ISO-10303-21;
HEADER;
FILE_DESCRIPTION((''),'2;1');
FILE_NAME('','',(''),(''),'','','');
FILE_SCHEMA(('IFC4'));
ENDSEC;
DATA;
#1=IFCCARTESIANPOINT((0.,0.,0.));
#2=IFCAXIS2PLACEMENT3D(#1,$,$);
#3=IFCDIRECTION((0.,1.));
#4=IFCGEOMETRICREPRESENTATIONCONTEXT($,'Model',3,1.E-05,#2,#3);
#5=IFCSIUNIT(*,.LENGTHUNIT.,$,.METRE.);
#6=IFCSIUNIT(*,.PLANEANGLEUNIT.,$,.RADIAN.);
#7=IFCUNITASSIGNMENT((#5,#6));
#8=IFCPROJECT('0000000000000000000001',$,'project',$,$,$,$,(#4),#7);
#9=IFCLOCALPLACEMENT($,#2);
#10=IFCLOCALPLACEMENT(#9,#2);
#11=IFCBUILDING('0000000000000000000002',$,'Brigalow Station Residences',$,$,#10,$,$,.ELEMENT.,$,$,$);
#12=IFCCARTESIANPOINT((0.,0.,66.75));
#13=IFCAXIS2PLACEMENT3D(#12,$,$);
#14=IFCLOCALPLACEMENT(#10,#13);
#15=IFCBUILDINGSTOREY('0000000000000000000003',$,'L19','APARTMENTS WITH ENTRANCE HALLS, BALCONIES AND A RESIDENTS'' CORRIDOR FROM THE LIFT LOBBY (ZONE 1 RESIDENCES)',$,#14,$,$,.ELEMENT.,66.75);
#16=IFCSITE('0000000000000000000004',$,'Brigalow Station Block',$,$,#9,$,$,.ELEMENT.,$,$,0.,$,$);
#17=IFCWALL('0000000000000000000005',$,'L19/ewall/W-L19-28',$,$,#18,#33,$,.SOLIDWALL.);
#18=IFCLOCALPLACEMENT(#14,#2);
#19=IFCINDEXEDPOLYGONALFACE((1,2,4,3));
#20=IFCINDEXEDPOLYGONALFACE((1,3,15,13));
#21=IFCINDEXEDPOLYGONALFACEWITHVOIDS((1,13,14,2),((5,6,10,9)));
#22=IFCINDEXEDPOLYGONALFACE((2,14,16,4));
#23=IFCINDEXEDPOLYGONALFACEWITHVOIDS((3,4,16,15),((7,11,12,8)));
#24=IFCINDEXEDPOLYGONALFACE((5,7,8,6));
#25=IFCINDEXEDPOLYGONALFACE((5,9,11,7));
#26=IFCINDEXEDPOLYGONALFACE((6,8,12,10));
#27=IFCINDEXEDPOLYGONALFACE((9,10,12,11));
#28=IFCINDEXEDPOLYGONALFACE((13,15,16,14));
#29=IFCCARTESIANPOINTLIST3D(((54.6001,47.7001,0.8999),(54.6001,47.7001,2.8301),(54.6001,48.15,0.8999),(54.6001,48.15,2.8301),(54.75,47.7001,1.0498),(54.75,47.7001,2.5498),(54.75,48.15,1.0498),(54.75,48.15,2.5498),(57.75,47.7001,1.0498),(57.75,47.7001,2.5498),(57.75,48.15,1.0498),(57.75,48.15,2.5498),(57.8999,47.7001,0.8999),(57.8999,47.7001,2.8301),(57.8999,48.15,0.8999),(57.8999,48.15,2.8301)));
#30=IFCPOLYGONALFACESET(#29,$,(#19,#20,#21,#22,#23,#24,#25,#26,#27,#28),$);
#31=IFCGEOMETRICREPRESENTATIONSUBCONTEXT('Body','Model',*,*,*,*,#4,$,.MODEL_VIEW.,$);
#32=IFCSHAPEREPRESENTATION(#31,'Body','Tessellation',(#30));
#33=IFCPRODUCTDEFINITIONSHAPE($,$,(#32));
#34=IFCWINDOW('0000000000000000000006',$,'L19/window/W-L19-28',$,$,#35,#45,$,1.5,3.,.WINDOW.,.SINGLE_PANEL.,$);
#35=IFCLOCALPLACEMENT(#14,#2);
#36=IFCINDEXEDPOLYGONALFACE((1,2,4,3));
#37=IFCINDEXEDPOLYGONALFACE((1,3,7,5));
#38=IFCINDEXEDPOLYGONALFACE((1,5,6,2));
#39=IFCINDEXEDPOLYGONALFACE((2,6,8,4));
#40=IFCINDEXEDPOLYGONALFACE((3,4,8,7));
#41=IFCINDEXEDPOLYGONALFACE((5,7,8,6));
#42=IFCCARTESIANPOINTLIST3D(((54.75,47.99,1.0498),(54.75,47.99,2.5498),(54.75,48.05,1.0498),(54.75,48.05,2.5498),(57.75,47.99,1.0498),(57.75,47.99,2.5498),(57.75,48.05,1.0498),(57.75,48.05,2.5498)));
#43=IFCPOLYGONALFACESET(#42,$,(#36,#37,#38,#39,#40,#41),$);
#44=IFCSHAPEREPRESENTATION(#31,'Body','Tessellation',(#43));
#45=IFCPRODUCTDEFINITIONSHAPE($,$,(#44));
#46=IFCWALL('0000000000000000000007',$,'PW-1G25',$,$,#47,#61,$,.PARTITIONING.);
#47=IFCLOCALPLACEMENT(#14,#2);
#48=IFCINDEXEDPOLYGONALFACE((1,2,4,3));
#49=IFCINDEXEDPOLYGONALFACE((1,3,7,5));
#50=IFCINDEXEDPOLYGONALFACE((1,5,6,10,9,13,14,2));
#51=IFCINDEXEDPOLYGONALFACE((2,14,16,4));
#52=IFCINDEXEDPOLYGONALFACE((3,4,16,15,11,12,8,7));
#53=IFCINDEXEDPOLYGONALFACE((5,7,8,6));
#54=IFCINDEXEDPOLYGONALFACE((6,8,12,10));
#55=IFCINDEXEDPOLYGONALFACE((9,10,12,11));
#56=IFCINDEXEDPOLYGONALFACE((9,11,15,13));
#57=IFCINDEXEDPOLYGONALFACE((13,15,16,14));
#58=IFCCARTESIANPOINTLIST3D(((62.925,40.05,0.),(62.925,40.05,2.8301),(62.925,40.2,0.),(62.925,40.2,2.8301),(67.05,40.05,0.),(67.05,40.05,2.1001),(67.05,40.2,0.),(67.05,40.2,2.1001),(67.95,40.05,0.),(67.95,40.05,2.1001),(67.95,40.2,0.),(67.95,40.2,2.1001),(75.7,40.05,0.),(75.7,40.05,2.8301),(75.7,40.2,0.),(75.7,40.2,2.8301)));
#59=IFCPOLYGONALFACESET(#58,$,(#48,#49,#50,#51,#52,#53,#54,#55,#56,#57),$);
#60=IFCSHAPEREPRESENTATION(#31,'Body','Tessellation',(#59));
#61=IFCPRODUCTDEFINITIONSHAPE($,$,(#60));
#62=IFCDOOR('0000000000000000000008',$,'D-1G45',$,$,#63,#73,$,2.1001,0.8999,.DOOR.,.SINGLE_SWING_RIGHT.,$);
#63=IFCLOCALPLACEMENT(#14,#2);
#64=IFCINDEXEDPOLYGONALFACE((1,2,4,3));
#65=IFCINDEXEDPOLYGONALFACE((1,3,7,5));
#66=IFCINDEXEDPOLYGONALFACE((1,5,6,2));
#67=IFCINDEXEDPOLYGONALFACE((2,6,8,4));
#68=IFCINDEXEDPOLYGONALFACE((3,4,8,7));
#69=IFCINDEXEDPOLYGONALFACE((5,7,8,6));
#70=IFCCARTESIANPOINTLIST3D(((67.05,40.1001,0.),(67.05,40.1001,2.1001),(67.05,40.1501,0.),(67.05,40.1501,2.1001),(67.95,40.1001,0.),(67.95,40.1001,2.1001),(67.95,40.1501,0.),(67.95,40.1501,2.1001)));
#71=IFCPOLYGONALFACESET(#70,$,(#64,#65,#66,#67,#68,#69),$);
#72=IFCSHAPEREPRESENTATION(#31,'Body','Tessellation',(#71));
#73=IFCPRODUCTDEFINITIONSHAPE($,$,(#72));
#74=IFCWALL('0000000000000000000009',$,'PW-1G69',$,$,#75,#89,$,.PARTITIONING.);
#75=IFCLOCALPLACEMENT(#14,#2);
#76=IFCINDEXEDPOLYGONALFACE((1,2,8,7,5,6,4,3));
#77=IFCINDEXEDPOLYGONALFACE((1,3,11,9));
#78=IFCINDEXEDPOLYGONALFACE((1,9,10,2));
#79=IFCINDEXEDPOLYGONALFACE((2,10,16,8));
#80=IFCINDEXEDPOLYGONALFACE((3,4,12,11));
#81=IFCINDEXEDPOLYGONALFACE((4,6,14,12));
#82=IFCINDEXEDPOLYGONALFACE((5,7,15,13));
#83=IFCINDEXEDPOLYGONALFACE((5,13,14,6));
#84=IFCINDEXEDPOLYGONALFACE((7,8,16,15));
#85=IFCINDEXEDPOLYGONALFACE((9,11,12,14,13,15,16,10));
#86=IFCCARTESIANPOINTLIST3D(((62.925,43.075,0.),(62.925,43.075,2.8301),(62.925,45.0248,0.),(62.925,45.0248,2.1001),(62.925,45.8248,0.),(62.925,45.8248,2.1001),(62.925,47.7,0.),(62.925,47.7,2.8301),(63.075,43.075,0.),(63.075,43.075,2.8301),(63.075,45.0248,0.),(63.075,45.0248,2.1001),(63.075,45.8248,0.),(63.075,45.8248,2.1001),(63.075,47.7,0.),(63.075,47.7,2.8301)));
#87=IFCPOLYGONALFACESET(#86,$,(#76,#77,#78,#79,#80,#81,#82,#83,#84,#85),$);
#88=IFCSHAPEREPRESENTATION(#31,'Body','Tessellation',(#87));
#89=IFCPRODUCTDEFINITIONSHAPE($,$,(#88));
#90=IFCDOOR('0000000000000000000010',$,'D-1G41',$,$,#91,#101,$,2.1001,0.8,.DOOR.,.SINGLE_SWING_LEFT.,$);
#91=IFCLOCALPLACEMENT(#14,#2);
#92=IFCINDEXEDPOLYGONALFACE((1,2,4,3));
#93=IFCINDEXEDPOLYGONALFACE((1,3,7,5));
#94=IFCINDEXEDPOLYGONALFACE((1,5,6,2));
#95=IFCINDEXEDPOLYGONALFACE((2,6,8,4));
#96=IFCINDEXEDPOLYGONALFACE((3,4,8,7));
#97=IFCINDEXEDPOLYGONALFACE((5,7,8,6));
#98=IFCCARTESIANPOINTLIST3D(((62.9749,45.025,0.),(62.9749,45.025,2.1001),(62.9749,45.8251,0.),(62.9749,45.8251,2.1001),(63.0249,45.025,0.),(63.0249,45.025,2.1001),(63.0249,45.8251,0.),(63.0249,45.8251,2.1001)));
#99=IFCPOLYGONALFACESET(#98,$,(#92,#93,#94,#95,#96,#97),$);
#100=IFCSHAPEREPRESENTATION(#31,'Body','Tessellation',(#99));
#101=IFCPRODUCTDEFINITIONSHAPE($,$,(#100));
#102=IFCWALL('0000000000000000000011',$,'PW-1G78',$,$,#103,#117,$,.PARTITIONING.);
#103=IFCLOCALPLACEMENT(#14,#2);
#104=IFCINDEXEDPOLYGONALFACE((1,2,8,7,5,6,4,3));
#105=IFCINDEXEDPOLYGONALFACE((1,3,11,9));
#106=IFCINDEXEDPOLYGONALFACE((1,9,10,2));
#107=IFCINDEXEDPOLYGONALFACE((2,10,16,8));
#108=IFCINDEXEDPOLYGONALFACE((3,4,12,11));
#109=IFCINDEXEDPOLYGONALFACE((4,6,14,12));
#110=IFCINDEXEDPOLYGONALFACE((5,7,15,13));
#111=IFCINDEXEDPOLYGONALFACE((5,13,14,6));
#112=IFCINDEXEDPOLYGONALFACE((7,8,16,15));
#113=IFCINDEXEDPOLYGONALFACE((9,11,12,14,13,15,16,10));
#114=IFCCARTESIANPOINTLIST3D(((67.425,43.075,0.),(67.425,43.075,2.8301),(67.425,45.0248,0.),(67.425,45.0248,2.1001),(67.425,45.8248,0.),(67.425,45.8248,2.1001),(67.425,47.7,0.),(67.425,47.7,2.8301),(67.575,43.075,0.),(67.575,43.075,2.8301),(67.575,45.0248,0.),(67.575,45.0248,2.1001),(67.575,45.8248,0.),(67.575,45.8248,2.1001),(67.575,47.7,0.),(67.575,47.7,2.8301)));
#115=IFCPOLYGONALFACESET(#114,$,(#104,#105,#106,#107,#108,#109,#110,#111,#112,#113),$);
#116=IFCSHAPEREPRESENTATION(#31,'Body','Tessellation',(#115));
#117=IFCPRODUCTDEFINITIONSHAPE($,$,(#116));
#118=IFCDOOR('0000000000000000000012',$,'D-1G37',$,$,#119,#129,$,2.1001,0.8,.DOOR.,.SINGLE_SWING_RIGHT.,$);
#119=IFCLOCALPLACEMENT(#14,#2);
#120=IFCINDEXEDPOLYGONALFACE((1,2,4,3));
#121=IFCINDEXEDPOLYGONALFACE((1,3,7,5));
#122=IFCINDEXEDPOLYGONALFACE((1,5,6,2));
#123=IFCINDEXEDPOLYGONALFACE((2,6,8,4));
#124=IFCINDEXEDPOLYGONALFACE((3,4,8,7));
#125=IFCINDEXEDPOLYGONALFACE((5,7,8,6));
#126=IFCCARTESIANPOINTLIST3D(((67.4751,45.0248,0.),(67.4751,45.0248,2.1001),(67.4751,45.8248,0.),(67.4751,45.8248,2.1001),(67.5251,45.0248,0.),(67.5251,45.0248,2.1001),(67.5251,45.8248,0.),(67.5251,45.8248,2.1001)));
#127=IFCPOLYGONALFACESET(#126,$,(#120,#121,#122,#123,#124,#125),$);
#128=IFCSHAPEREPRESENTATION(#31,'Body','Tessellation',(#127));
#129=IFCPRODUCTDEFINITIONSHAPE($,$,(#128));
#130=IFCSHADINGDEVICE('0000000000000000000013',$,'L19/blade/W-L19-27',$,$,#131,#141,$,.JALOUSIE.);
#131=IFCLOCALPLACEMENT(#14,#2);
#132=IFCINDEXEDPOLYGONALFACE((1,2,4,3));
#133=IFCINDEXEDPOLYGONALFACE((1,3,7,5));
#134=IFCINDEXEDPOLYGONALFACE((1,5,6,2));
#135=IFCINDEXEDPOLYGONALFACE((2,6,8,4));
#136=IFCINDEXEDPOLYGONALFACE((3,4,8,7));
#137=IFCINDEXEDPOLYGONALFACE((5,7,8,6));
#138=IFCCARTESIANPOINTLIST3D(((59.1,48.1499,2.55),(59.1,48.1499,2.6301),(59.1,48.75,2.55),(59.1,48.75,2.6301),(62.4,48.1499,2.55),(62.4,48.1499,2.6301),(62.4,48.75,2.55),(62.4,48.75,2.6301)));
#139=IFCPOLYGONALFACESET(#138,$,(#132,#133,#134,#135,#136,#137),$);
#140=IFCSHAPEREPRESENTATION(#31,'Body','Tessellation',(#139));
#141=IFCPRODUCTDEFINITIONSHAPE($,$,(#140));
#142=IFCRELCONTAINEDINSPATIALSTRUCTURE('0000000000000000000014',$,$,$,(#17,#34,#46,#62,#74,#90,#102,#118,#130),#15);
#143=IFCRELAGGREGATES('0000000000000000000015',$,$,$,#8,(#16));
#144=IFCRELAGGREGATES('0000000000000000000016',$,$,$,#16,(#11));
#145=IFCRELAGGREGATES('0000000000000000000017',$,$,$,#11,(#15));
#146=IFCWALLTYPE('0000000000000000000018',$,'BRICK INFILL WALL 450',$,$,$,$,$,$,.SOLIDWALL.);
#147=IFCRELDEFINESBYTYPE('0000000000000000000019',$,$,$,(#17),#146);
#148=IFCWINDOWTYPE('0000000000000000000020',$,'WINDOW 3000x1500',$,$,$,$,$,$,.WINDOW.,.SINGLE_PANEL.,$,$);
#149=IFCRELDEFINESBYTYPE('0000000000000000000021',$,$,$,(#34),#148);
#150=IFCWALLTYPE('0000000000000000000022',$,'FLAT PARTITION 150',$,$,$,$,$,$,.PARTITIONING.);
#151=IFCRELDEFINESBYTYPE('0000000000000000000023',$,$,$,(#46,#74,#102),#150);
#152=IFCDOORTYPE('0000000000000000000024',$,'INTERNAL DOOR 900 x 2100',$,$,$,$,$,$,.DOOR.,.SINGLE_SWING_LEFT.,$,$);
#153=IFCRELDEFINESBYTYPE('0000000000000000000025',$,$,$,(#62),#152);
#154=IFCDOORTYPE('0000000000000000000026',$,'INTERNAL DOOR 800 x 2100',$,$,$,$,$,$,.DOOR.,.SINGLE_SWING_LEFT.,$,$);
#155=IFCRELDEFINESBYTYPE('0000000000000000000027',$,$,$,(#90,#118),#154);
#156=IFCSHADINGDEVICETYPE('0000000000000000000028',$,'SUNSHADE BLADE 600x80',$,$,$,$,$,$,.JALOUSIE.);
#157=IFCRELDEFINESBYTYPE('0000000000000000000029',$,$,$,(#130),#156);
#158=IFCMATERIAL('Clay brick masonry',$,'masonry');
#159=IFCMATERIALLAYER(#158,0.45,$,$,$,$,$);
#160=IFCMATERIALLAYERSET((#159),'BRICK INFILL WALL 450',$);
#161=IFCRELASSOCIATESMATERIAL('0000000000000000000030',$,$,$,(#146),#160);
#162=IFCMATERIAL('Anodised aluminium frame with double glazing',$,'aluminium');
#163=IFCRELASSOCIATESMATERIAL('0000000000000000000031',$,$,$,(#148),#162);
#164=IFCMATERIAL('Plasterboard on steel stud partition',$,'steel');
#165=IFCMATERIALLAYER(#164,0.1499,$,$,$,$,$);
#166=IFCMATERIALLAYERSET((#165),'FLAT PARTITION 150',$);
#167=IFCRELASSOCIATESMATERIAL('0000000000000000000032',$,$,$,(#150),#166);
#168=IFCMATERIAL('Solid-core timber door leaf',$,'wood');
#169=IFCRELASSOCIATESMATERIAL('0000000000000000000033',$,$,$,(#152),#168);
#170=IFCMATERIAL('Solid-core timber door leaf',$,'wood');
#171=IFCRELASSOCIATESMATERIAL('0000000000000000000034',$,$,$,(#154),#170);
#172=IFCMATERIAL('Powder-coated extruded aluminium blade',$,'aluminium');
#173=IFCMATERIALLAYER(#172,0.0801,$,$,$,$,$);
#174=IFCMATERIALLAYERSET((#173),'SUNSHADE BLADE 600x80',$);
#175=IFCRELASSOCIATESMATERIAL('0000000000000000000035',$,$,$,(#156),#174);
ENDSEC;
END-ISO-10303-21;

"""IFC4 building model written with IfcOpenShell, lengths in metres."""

from ifc_helpers import new_model, si_unit, direction, frame, frame_2d, origin, origin_2d, place, context, subcontext, project, spatial, rectangle, extrude, material, layer, layer_set, type_object, element, fill, save


model = new_model("IFC4")

# Units and contexts
model_context = context("Model", 3, precision=1e-05, world=origin(), true_north=direction((0.0, 1.0)))
body_context = subcontext(model_context, "Body", "Model", "MODEL_VIEW")
ifc_project = project(units=[si_unit("LENGTHUNIT", "METRE"), si_unit("PLANEANGLEUNIT", "RADIAN")], contexts=[model_context])

# Site, building, storey
site_placement = place(None, origin())
site = spatial("IfcSite", under=ifc_project, at=site_placement, Name="Brigalow Station Block", CompositionType="ELEMENT", RefElevation=0.0)
building_placement = place(site_placement, origin())
building = spatial("IfcBuilding", under=site, at=building_placement, Name="Brigalow Station Residences", CompositionType="ELEMENT")
storey_placement = place(building_placement, frame((0.0, 0.0, 66.75)))
storey = spatial("IfcBuildingStorey", under=building, at=storey_placement, Name="L19", Description="APARTMENTS WITH ENTRANCE HALLS, BALCONIES AND A RESIDENTS' CORRIDOR FROM THE LIFT LOBBY (ZONE 1 RESIDENCES)", CompositionType="ELEMENT", Elevation=66.75)

# Shared definitions
ifc_material_1 = material(Name="Clay brick masonry", Category="masonry")
ifc_layer_1 = layer(ifc_material_1, 0.45)
ifc_layer_set_1 = layer_set([ifc_layer_1], Name="BRICK INFILL WALL 450")
wall_type_1 = type_object("IfcWallType", Name="BRICK INFILL WALL 450", PredefinedType="SOLIDWALL", material=ifc_layer_set_1)

# Wall, opening, window
ifc_material_2 = material(Name="Anodised aluminium frame with double glazing", Category="aluminium")
window_type = type_object("IfcWindowType", Name="WINDOW 3000x1500", PartitioningType="SINGLE_PANEL", PredefinedType="WINDOW", material=ifc_material_2)
wall_1_placement = place(storey_placement, frame((57.8999, 47.925, 0.8999), z_axis=(0.0, 0.0, 1.0), x_axis=(-1.0, 0.0, 0.0)))
wall_1 = element("IfcWall", 1, at=wall_1_placement, inside=storey, type_object=wall_type_1, Name="L19/ewall/W-L19-28", PredefinedType="SOLIDWALL", context=body_context, shape_type="SweptSolid", body=[
    extrude(rectangle(XDim=3.2998, YDim=0.45, at=frame_2d((1.6499, 0.0))), origin(), (0.0, 0.0, 1.0), 1.9302),
])
opening_1_placement = place(wall_1_placement, frame((0.1499, 0.0, 0.1499)))
opening_1 = element("IfcOpeningElement", 2, at=opening_1_placement, cuts=wall_1, PredefinedType="OPENING", context=body_context, shape_type="SweptSolid", body=[
    extrude(rectangle(XDim=3.0, YDim=1.5, at=frame_2d((1.5, 0.75))), frame((0.0, 0.2349, 0.0), z_axis=(0.0, -1.0, 0.0), x_axis=(1.0, 0.0, 0.0)), (0.0, 0.0, 1.0), 0.47),
])
window_1_placement = place(opening_1_placement, origin())
window_1 = element("IfcWindow", 3, at=window_1_placement, inside=storey, type_object=window_type, Name="L19/window/W-L19-28", OverallHeight=1.5, OverallWidth=3.0, PartitioningType="SINGLE_PANEL", PredefinedType="WINDOW", context=body_context, shape_type="SweptSolid", body=[
    extrude(rectangle(XDim=3.0, YDim=1.5, at=frame_2d((1.5, 0.75))), frame((0.0, -0.0649, 0.0), z_axis=(0.0, -1.0, 0.0), x_axis=(1.0, 0.0, 0.0)), (0.0, 0.0, 1.0), 0.0601),
])
fill(opening_1, window_1)

# Walls, openings, doors
ifc_material_3 = material(Name="Plasterboard on steel stud partition", Category="steel")
ifc_layer_2 = layer(ifc_material_3, 0.1499)
ifc_layer_set_2 = layer_set([ifc_layer_2], Name="FLAT PARTITION 150")
wall_type_2 = type_object("IfcWallType", Name="FLAT PARTITION 150", PredefinedType="PARTITIONING", material=ifc_layer_set_2)
wall_2_placement = place(storey_placement, frame((62.925, 40.125, 0.0), z_axis=(0.0, 0.0, 1.0), x_axis=(1.0, 0.0, 0.0)))
wall_2 = element("IfcWall", 4, at=wall_2_placement, inside=storey, type_object=wall_type_2, Name="PW-1G25", PredefinedType="PARTITIONING", context=body_context, shape_type="SweptSolid", body=[
    extrude(rectangle(XDim=12.7749, YDim=0.1499, at=frame_2d((6.3875, 0.0))), origin(), (0.0, 0.0, 1.0), 2.8301),
])
opening_2_placement = place(wall_2_placement, frame((4.125, 0.0, 0.0)))
opening_2 = element("IfcOpeningElement", 5, at=opening_2_placement, cuts=wall_2, PredefinedType="OPENING", context=body_context, shape_type="SweptSolid", body=[
    extrude(rectangle(XDim=0.8999, YDim=2.1001, at=frame_2d((0.45, 1.05))), frame((0.0, 0.085, 0.0), z_axis=(0.0, -1.0, 0.0), x_axis=(1.0, 0.0, 0.0)), (0.0, 0.0, 1.0), 0.1699),
])
ifc_material_4 = material(Name="Solid-core timber door leaf", Category="wood")
door_type_1 = type_object("IfcDoorType", Name="INTERNAL DOOR 900 x 2100", OperationType="SINGLE_SWING_LEFT", PredefinedType="DOOR", material=ifc_material_4)
door_1_placement = place(opening_2_placement, frame((0.8999, 0.0, 0.0), z_axis=(0.0, 0.0, 1.0), x_axis=(-1.0, 0.0, 0.0)))
door_1 = element("IfcDoor", 6, at=door_1_placement, inside=storey, type_object=door_type_1, Name="D-1G45", OperationType="SINGLE_SWING_RIGHT", OverallHeight=2.1001, OverallWidth=0.8999, PredefinedType="DOOR", context=body_context, shape_type="SweptSolid", body=[
    extrude(rectangle(XDim=0.8999, YDim=2.1001, at=frame_2d((0.45, 1.05))), frame((0.0, 0.0249, 0.0), z_axis=(0.0, -1.0, 0.0), x_axis=(1.0, 0.0, 0.0)), (0.0, 0.0, 1.0), 0.05),
])
fill(opening_2, door_1)
wall_3_placement = place(storey_placement, frame((63.0, 43.075, 0.0), z_axis=(0.0, 0.0, 1.0), x_axis=(0.0, 1.0, 0.0)))
wall_3 = element("IfcWall", 7, at=wall_3_placement, inside=storey, type_object=wall_type_2, Name="PW-1G69", PredefinedType="PARTITIONING", context=body_context, shape_type="SweptSolid", body=[
    extrude(rectangle(XDim=4.625, YDim=0.1499, at=frame_2d((2.3125, 0.0))), origin(), (0.0, 0.0, 1.0), 2.8301),
])
opening_3_placement = place(wall_3_placement, frame((1.95, 0.0, 0.0)))
opening_3 = element("IfcOpeningElement", 8, at=opening_3_placement, cuts=wall_3, PredefinedType="OPENING", context=body_context, shape_type="SweptSolid", body=[
    extrude(rectangle(XDim=0.8, YDim=2.1001, at=frame_2d((0.3999, 1.05))), frame((0.0, 0.085, 0.0), z_axis=(0.0, -1.0, 0.0), x_axis=(1.0, 0.0, 0.0)), (0.0, 0.0, 1.0), 0.1699),
])
ifc_material_5 = material(Name="Solid-core timber door leaf", Category="wood")
door_type_2 = type_object("IfcDoorType", Name="INTERNAL DOOR 800 x 2100", OperationType="SINGLE_SWING_LEFT", PredefinedType="DOOR", material=ifc_material_5)
door_2_placement = place(opening_3_placement, frame((0.8, 0.0, 0.0), z_axis=(0.0, 0.0, 1.0), x_axis=(-1.0, 0.0, 0.0)))
door_2 = element("IfcDoor", 9, at=door_2_placement, inside=storey, type_object=door_type_2, Name="D-1G41", OperationType="SINGLE_SWING_LEFT", OverallHeight=2.1001, OverallWidth=0.8, PredefinedType="DOOR", context=body_context, shape_type="SweptSolid", body=[
    extrude(rectangle(XDim=0.8, YDim=2.1001, at=frame_2d((0.3999, 1.05))), frame((0.0, 0.0249, 0.0), z_axis=(0.0, -1.0, 0.0), x_axis=(1.0, 0.0, 0.0)), (0.0, 0.0, 1.0), 0.05),
])
fill(opening_3, door_2)
wall_4_placement = place(storey_placement, frame((67.5, 43.075, 0.0), z_axis=(0.0, 0.0, 1.0), x_axis=(0.0, 1.0, 0.0)))
wall_4 = element("IfcWall", 10, at=wall_4_placement, inside=storey, type_object=wall_type_2, Name="PW-1G78", PredefinedType="PARTITIONING", context=body_context, shape_type="SweptSolid", body=[
    extrude(rectangle(XDim=4.625, YDim=0.1499, at=frame_2d((2.3125, 0.0))), origin(), (0.0, 0.0, 1.0), 2.8301),
])
opening_4_placement = place(wall_4_placement, frame((1.95, 0.0, 0.0)))
opening_4 = element("IfcOpeningElement", 11, at=opening_4_placement, cuts=wall_4, PredefinedType="OPENING", context=body_context, shape_type="SweptSolid", body=[
    extrude(rectangle(XDim=0.8, YDim=2.1001, at=frame_2d((0.3999, 1.05))), frame((0.0, 0.085, 0.0), z_axis=(0.0, -1.0, 0.0), x_axis=(1.0, 0.0, 0.0)), (0.0, 0.0, 1.0), 0.1699),
])
door_3_placement = place(opening_4_placement, origin())
door_3 = element("IfcDoor", 12, at=door_3_placement, inside=storey, type_object=door_type_2, Name="D-1G37", OperationType="SINGLE_SWING_RIGHT", OverallHeight=2.1001, OverallWidth=0.8, PredefinedType="DOOR", context=body_context, shape_type="SweptSolid", body=[
    extrude(rectangle(XDim=0.8, YDim=2.1001, at=frame_2d((0.3999, 1.05))), frame((0.0, 0.0249, 0.0), z_axis=(0.0, -1.0, 0.0), x_axis=(1.0, 0.0, 0.0)), (0.0, 0.0, 1.0), 0.05),
])
fill(opening_4, door_3)

# Shading device
ifc_material_6 = material(Name="Powder-coated extruded aluminium blade", Category="aluminium")
ifc_layer_3 = layer(ifc_material_6, 0.0801)
ifc_layer_set_3 = layer_set([ifc_layer_3], Name="SUNSHADE BLADE 600x80")
shading_device_type = type_object("IfcShadingDeviceType", Name="SUNSHADE BLADE 600x80", PredefinedType="JALOUSIE", material=ifc_layer_set_3)
shading_device_placement = place(storey_placement, frame((60.75, 48.45, 2.55), z_axis=(0.0, 0.0, 1.0), x_axis=(-1.0, 0.0, 0.0)))
element("IfcShadingDevice", 13, at=shading_device_placement, inside=storey, type_object=shading_device_type, Name="L19/blade/W-L19-27", PredefinedType="JALOUSIE", context=body_context, shape_type="SweptSolid", body=[
    extrude(rectangle(XDim=3.3, YDim=0.6001, at=origin_2d()), origin(), (0.0, 0.0, 1.0), 0.0801),
])

save(model, "model.ifc")
